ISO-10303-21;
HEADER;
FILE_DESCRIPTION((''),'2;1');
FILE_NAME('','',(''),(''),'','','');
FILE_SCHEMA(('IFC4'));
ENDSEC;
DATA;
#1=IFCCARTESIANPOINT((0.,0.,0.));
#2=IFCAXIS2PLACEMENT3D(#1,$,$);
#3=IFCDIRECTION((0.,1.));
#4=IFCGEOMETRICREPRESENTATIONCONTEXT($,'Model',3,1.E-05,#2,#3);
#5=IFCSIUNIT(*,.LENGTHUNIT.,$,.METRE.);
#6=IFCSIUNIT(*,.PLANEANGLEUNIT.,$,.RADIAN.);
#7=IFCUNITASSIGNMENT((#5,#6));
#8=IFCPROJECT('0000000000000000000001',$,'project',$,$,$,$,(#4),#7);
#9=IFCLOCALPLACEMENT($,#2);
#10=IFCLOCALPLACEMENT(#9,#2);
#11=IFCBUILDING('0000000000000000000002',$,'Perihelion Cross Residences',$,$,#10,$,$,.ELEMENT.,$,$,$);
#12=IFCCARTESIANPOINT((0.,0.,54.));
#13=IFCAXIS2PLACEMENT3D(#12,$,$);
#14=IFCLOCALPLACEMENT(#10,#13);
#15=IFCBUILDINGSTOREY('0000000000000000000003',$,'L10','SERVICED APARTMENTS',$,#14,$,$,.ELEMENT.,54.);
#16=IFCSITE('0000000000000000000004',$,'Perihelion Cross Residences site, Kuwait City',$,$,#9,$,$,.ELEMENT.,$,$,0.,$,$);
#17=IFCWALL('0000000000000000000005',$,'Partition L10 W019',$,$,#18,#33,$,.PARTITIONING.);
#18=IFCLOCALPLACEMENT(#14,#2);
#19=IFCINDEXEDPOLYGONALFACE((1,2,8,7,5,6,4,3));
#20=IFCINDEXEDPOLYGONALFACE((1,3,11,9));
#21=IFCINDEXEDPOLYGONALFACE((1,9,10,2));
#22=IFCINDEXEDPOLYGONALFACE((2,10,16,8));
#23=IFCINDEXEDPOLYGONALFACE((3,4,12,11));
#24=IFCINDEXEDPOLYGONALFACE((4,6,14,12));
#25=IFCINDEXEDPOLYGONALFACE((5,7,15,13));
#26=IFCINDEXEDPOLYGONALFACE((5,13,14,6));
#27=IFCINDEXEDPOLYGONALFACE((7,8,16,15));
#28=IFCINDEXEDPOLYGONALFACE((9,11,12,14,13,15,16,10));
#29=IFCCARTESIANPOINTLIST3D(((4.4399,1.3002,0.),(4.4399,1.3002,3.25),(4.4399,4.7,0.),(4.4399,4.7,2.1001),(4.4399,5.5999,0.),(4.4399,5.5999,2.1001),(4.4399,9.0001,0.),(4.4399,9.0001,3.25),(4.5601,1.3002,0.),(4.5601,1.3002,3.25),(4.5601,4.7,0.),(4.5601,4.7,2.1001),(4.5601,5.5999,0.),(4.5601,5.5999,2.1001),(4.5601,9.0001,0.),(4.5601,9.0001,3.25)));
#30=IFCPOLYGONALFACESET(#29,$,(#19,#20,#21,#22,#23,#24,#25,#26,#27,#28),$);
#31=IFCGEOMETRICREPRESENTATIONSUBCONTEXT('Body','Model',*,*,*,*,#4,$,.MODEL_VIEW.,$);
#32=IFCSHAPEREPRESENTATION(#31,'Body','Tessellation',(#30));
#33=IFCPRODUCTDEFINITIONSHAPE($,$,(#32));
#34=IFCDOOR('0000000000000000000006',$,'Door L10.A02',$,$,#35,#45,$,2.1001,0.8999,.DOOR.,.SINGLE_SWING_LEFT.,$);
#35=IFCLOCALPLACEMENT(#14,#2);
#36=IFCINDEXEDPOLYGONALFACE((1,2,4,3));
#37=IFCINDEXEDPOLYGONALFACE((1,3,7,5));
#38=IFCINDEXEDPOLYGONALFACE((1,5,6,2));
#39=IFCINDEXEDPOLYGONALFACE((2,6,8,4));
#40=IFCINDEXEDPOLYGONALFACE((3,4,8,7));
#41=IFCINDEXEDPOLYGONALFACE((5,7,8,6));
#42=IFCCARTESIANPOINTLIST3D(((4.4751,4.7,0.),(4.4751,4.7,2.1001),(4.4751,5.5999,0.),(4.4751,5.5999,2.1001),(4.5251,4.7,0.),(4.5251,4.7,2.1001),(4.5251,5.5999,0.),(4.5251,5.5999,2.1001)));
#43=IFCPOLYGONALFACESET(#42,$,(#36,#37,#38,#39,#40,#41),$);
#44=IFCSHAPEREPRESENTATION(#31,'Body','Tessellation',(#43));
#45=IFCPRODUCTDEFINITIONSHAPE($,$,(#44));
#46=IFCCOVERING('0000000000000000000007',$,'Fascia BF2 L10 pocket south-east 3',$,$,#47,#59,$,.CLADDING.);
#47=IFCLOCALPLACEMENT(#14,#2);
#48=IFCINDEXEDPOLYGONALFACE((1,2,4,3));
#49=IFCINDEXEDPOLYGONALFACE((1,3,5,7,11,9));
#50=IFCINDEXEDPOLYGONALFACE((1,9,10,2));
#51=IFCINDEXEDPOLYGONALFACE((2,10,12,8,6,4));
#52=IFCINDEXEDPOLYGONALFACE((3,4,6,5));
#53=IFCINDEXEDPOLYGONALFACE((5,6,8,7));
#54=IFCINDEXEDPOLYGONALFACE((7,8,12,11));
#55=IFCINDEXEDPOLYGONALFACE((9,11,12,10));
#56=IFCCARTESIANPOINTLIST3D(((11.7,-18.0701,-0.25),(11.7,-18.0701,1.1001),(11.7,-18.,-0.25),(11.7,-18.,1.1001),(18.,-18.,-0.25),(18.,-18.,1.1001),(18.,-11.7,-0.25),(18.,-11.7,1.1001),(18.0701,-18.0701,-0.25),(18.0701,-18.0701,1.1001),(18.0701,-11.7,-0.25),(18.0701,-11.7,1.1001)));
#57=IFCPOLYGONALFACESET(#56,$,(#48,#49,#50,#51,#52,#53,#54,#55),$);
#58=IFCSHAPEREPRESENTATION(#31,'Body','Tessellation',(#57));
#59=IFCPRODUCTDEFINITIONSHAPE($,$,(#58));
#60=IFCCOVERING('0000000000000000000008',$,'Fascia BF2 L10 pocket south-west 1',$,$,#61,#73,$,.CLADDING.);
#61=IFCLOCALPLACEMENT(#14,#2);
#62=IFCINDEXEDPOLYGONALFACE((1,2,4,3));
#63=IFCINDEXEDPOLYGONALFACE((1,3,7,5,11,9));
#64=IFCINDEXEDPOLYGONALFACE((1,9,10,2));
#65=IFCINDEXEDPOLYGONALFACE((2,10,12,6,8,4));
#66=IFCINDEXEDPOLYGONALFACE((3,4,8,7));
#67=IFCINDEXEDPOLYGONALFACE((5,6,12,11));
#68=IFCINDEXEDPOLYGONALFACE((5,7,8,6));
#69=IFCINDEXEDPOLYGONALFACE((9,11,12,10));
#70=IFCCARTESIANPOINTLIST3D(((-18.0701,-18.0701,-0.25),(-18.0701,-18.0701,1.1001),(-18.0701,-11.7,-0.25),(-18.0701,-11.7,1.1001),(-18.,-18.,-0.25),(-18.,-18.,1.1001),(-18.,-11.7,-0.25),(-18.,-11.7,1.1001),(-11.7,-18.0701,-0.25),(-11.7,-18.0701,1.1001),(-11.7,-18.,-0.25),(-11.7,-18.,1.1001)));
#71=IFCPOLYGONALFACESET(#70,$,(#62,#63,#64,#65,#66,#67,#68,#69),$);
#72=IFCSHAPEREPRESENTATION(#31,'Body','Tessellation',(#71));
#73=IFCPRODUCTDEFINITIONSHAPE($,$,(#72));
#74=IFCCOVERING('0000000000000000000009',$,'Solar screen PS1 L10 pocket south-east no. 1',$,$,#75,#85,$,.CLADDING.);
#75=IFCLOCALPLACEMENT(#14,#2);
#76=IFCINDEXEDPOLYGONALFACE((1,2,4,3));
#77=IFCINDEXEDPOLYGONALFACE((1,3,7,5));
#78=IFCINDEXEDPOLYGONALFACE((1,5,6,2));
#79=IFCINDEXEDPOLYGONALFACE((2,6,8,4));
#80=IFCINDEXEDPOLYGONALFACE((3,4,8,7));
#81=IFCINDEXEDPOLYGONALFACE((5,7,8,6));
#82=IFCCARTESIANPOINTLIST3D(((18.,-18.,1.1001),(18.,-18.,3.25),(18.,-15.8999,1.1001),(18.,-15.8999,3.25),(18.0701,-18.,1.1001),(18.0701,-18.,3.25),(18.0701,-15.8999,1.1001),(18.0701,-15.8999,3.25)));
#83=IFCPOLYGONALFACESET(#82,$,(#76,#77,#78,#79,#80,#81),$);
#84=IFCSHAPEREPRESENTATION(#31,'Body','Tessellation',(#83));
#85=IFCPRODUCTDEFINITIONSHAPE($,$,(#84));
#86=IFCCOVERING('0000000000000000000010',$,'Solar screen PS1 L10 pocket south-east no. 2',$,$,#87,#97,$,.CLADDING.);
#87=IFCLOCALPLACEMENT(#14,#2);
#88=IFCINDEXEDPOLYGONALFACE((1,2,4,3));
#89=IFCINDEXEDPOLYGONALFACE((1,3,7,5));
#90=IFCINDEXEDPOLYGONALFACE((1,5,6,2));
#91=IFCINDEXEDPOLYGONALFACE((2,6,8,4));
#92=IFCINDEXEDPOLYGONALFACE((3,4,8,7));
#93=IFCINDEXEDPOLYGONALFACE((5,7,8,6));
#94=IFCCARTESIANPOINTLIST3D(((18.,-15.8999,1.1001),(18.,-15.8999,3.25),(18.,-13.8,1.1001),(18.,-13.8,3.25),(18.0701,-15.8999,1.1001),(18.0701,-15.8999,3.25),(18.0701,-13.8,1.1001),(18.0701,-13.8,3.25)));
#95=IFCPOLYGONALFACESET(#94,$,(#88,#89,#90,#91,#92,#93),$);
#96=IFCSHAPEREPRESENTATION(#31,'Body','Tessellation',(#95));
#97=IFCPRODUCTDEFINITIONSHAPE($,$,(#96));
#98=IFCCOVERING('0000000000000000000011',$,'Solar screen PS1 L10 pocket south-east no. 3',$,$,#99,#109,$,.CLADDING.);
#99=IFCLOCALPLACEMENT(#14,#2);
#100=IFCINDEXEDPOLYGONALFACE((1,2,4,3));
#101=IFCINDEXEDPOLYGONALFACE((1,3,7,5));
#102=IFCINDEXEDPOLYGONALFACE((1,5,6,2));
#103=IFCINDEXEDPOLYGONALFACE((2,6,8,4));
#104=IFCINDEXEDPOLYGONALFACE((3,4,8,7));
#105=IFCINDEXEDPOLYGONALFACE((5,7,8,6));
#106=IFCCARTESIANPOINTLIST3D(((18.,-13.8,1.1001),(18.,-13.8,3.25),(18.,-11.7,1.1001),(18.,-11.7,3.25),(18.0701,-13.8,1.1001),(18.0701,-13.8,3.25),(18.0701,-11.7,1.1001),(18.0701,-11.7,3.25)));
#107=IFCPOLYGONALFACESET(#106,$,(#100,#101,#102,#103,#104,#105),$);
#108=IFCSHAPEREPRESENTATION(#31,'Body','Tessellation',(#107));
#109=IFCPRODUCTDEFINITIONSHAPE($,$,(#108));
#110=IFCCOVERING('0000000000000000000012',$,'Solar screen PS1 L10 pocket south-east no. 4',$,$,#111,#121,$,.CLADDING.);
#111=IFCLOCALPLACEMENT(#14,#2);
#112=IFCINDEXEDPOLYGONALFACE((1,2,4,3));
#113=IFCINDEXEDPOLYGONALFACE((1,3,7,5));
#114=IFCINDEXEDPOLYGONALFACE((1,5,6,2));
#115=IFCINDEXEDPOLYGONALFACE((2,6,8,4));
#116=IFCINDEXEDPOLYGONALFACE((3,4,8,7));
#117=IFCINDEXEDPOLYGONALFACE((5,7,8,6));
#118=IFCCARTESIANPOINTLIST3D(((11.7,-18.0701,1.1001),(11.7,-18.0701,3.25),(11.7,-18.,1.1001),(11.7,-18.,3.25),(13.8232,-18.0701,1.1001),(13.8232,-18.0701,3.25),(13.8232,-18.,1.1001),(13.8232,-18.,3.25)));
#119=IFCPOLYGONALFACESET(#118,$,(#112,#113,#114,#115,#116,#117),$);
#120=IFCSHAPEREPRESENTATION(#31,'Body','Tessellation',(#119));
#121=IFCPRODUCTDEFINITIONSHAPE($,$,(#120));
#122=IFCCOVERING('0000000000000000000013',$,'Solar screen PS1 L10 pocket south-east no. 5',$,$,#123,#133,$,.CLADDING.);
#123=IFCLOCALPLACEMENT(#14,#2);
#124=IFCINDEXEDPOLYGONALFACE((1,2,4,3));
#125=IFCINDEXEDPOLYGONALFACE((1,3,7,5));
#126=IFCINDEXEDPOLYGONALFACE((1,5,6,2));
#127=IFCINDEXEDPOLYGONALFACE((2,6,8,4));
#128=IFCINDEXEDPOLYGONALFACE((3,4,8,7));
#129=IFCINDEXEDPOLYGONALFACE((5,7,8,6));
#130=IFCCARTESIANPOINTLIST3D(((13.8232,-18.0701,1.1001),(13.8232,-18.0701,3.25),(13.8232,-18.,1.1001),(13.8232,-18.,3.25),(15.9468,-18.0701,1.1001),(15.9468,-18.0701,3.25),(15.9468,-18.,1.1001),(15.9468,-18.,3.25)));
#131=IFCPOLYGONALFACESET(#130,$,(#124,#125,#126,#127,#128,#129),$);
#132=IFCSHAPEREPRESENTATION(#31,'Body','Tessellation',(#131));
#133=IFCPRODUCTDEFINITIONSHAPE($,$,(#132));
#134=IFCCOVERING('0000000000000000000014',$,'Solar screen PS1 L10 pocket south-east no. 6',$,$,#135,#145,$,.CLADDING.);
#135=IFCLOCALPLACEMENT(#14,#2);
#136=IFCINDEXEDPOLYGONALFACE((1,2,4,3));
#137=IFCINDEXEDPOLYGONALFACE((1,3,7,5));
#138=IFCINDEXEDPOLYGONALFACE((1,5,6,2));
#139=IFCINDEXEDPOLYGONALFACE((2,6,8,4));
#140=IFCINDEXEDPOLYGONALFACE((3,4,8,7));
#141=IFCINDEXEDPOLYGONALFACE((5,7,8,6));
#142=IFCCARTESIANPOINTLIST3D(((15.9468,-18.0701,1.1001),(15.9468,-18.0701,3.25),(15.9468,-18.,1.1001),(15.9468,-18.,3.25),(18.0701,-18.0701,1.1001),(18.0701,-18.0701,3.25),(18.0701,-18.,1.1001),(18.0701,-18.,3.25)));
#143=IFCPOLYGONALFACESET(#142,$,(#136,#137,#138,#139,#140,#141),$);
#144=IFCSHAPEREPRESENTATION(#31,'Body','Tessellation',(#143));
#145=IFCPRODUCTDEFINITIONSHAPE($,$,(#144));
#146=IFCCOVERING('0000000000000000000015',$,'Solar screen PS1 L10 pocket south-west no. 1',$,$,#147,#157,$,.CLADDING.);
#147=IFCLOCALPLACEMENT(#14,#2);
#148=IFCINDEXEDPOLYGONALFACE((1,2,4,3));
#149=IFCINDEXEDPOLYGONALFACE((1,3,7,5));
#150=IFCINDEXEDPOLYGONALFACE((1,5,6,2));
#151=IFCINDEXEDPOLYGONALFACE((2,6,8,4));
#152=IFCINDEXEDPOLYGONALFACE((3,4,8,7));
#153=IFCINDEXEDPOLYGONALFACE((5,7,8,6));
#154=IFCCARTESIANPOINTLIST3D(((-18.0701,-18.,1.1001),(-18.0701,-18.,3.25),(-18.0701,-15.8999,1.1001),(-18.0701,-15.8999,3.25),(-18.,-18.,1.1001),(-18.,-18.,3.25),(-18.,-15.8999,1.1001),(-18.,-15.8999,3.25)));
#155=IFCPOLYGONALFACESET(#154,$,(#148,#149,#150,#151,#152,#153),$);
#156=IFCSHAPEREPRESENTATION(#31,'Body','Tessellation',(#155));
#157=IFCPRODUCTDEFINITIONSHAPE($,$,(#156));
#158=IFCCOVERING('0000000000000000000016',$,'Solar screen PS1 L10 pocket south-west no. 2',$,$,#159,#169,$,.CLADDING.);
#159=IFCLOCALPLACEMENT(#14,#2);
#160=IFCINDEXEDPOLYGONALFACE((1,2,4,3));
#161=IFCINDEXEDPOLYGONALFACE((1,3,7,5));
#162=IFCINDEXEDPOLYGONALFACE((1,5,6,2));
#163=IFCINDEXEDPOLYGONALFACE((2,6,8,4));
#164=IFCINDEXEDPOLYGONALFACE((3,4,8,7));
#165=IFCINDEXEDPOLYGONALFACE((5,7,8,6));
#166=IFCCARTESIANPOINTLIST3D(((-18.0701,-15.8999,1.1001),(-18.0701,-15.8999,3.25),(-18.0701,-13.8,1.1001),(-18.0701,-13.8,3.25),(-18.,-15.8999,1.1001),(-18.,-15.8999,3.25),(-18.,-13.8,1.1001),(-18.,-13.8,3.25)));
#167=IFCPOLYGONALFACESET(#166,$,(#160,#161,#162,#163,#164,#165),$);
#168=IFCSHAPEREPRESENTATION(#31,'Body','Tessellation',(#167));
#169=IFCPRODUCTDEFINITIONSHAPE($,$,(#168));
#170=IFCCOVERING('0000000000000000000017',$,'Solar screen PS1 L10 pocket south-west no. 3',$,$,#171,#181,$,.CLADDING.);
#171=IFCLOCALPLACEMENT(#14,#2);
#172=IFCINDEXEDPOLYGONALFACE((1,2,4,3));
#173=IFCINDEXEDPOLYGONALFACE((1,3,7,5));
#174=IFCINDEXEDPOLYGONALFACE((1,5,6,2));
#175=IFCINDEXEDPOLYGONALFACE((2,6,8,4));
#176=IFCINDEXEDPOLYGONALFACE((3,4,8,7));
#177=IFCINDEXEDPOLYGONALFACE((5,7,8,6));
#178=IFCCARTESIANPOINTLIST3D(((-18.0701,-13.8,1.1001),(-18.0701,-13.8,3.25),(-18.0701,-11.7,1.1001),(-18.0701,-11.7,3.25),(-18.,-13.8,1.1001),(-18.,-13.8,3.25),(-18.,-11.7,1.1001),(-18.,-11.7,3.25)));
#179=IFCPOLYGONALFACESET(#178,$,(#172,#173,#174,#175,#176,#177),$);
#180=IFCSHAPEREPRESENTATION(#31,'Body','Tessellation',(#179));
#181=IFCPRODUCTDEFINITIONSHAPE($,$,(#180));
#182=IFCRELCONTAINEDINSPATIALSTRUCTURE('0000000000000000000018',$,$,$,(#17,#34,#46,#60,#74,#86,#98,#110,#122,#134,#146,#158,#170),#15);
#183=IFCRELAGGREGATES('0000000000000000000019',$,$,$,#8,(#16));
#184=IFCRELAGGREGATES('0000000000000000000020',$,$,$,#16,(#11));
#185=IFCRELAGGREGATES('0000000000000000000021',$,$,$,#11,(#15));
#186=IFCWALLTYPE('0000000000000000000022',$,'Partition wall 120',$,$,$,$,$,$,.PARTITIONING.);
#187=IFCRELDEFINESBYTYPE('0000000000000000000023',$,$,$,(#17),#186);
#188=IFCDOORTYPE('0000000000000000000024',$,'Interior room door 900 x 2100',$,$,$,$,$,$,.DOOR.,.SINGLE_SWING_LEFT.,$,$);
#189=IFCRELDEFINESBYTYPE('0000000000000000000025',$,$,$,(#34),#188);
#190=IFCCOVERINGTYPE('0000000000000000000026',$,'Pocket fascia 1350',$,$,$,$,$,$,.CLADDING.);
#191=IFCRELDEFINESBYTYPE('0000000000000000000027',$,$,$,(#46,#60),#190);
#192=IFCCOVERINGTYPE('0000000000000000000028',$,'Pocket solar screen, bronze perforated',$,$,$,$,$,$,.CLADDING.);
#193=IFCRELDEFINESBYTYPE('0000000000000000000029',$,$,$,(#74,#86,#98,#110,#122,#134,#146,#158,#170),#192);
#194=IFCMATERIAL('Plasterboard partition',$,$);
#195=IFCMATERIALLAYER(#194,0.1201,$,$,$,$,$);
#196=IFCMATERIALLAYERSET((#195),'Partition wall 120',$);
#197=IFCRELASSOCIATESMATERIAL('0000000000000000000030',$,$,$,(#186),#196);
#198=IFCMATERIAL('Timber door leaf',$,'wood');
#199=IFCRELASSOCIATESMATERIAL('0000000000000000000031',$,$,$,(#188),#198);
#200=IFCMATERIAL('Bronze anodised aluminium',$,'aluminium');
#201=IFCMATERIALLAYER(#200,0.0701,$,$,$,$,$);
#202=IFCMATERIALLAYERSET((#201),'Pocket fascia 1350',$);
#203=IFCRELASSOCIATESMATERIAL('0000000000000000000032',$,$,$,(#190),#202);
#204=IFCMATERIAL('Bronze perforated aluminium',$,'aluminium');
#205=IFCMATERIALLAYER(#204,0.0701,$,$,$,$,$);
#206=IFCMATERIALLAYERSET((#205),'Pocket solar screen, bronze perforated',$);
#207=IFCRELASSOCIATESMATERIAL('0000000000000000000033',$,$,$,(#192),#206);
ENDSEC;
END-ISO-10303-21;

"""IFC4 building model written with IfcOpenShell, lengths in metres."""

from ifc_helpers import new_model, si_unit, direction, frame, frame_2d, origin, place, context, subcontext, project, spatial, polyline, rectangle, outline, extrude, material, layer, layer_set, type_object, element, fill, save


model = new_model("IFC4")

# Units and contexts
model_context = context("Model", 3, precision=1e-05, world=origin(), true_north=direction((0.0, 1.0)))
body_context = subcontext(model_context, "Body", "Model", "MODEL_VIEW")
ifc_project = project(units=[si_unit("LENGTHUNIT", "METRE"), si_unit("PLANEANGLEUNIT", "RADIAN")], contexts=[model_context])

# Site, building, storey
site_placement = place(None, origin())
site = spatial("IfcSite", under=ifc_project, at=site_placement, Name="Perihelion Cross Residences site, Kuwait City", CompositionType="ELEMENT", RefElevation=0.0)
building_placement = place(site_placement, origin())
building = spatial("IfcBuilding", under=site, at=building_placement, Name="Perihelion Cross Residences", CompositionType="ELEMENT")
storey_placement = place(building_placement, frame((0.0, 0.0, 54.0)))
storey = spatial("IfcBuildingStorey", under=building, at=storey_placement, Name="L10", Description="SERVICED APARTMENTS", CompositionType="ELEMENT", Elevation=54.0)

# Wall, opening, door
ifc_material_1 = material(Name="Plasterboard partition")
ifc_layer_1 = layer(ifc_material_1, 0.1201)
ifc_layer_set_1 = layer_set([ifc_layer_1], Name="Partition wall 120")
wall_type_1 = type_object("IfcWallType", Name="Partition wall 120", PredefinedType="PARTITIONING", material=ifc_layer_set_1)
wall_1_placement = place(storey_placement, frame((4.5, 1.3, 0.0), z_axis=(0.0, 0.0, 1.0), x_axis=(0.0, 1.0, 0.0)))
wall_1 = element("IfcWall", 1, at=wall_1_placement, inside=storey, type_object=wall_type_1, Name="Partition L10 W019", PredefinedType="PARTITIONING", context=body_context, shape_type="SweptSolid", body=[
    extrude(rectangle(XDim=7.7, YDim=0.1201, at=frame_2d((3.8501, 0.0))), origin(), (0.0, 0.0, 1.0), 3.25),
])
opening_1_placement = place(wall_1_placement, frame((3.3999, 0.0, 0.0)))
opening_1 = element("IfcOpeningElement", 2, at=opening_1_placement, cuts=wall_1, PredefinedType="OPENING", context=body_context, shape_type="SweptSolid", body=[
    extrude(rectangle(XDim=0.8999, YDim=2.1001, at=frame_2d((0.45, 1.05))), frame((0.0, 0.0701, 0.0), z_axis=(0.0, -1.0, 0.0), x_axis=(1.0, 0.0, 0.0)), (0.0, 0.0, 1.0), 0.1401),
])
ifc_material_2 = material(Name="Timber door leaf", Category="wood")
door_type_1 = type_object("IfcDoorType", Name="Interior room door 900 x 2100", OperationType="SINGLE_SWING_LEFT", PredefinedType="DOOR", material=ifc_material_2)
door_1_placement = place(opening_1_placement, origin())
door_1 = element("IfcDoor", 3, at=door_1_placement, inside=storey, type_object=door_type_1, Name="Door L10.A02", OperationType="SINGLE_SWING_LEFT", OverallHeight=2.1001, OverallWidth=0.8999, PredefinedType="DOOR", context=body_context, shape_type="SweptSolid", body=[
    extrude(rectangle(XDim=0.8999, YDim=2.1001, at=frame_2d((0.45, 1.05))), frame((0.0, 0.0249, 0.0), z_axis=(0.0, -1.0, 0.0), x_axis=(1.0, 0.0, 0.0)), (0.0, 0.0, 1.0), 0.05),
])
fill(opening_1, door_1)

# Coverings
ifc_material_3 = material(Name="Bronze anodised aluminium", Category="aluminium")
ifc_layer_2 = layer(ifc_material_3, 0.0701)
ifc_layer_set_2 = layer_set([ifc_layer_2], Name="Pocket fascia 1350")
covering_type_1 = type_object("IfcCoveringType", Name="Pocket fascia 1350", PredefinedType="CLADDING", material=ifc_layer_set_2)
covering_1_placement = place(storey_placement, frame((0.0, 0.0, -0.25)))
element("IfcCovering", 4, at=covering_1_placement, inside=storey, type_object=covering_type_1, Name="Fascia BF2 L10 pocket south-east 3", PredefinedType="CLADDING", context=body_context, shape_type="SweptSolid", body=[
    extrude(outline(polyline([(18.0701, -18.0701), (18.0701, -11.7), (18.0, -11.7), (18.0, -18.0), (11.7, -18.0), (11.7, -18.0701), (18.0701, -18.0701)])), origin(), (0.0, 0.0, 1.0), 1.3501),
])
covering_2_placement = place(storey_placement, frame((0.0, 0.0, -0.25)))
element("IfcCovering", 5, at=covering_2_placement, inside=storey, type_object=covering_type_1, Name="Fascia BF2 L10 pocket south-west 1", PredefinedType="CLADDING", context=body_context, shape_type="SweptSolid", body=[
    extrude(outline(polyline([(-18.0701, -11.7), (-18.0701, -18.0701), (-11.7, -18.0701), (-11.7, -18.0), (-18.0, -18.0), (-18.0, -11.7), (-18.0701, -11.7)])), origin(), (0.0, 0.0, 1.0), 1.3501),
])
ifc_material_4 = material(Name="Bronze perforated aluminium", Category="aluminium")
ifc_layer_3 = layer(ifc_material_4, 0.0701)
ifc_layer_set_3 = layer_set([ifc_layer_3], Name="Pocket solar screen, bronze perforated")
covering_type_2 = type_object("IfcCoveringType", Name="Pocket solar screen, bronze perforated", PredefinedType="CLADDING", material=ifc_layer_set_3)
covering_3_placement = place(storey_placement, frame((0.0, 0.0, 1.1001)))
element("IfcCovering", 6, at=covering_3_placement, inside=storey, type_object=covering_type_2, Name="Solar screen PS1 L10 pocket south-east no. 1", PredefinedType="CLADDING", context=body_context, shape_type="SweptSolid", body=[
    extrude(outline(polyline([(18.0701, -18.0), (18.0701, -15.8999), (18.0, -15.8999), (18.0, -18.0), (18.0701, -18.0)])), origin(), (0.0, 0.0, 1.0), 2.1499),
])
covering_4_placement = place(storey_placement, frame((0.0, 0.0, 1.1001)))
element("IfcCovering", 7, at=covering_4_placement, inside=storey, type_object=covering_type_2, Name="Solar screen PS1 L10 pocket south-east no. 2", PredefinedType="CLADDING", context=body_context, shape_type="SweptSolid", body=[
    extrude(outline(polyline([(18.0701, -15.8999), (18.0701, -13.8), (18.0, -13.8), (18.0, -15.8999), (18.0701, -15.8999)])), origin(), (0.0, 0.0, 1.0), 2.1499),
])
covering_5_placement = place(storey_placement, frame((0.0, 0.0, 1.1001)))
element("IfcCovering", 8, at=covering_5_placement, inside=storey, type_object=covering_type_2, Name="Solar screen PS1 L10 pocket south-east no. 3", PredefinedType="CLADDING", context=body_context, shape_type="SweptSolid", body=[
    extrude(outline(polyline([(18.0701, -13.8), (18.0701, -11.7), (18.0, -11.7), (18.0, -13.8), (18.0701, -13.8)])), origin(), (0.0, 0.0, 1.0), 2.1499),
])
covering_6_placement = place(storey_placement, frame((0.0, 0.0, 1.1001)))
element("IfcCovering", 9, at=covering_6_placement, inside=storey, type_object=covering_type_2, Name="Solar screen PS1 L10 pocket south-east no. 4", PredefinedType="CLADDING", context=body_context, shape_type="SweptSolid", body=[
    extrude(outline(polyline([(13.8232, -18.0701), (13.8232, -18.0), (11.7, -18.0), (11.7, -18.0701), (13.8232, -18.0701)])), origin(), (0.0, 0.0, 1.0), 2.1499),
])
covering_7_placement = place(storey_placement, frame((0.0, 0.0, 1.1001)))
element("IfcCovering", 10, at=covering_7_placement, inside=storey, type_object=covering_type_2, Name="Solar screen PS1 L10 pocket south-east no. 5", PredefinedType="CLADDING", context=body_context, shape_type="SweptSolid", body=[
    extrude(outline(polyline([(15.9468, -18.0701), (15.9468, -18.0), (13.8232, -18.0), (13.8232, -18.0701), (15.9468, -18.0701)])), origin(), (0.0, 0.0, 1.0), 2.1499),
])
covering_8_placement = place(storey_placement, frame((0.0, 0.0, 1.1001)))
element("IfcCovering", 11, at=covering_8_placement, inside=storey, type_object=covering_type_2, Name="Solar screen PS1 L10 pocket south-east no. 6", PredefinedType="CLADDING", context=body_context, shape_type="SweptSolid", body=[
    extrude(outline(polyline([(18.0701, -18.0701), (18.0701, -18.0), (15.9468, -18.0), (15.9468, -18.0701), (18.0701, -18.0701)])), origin(), (0.0, 0.0, 1.0), 2.1499),
])
covering_9_placement = place(storey_placement, frame((0.0, 0.0, 1.1001)))
element("IfcCovering", 12, at=covering_9_placement, inside=storey, type_object=covering_type_2, Name="Solar screen PS1 L10 pocket south-west no. 1", PredefinedType="CLADDING", context=body_context, shape_type="SweptSolid", body=[
    extrude(outline(polyline([(-18.0, -18.0), (-18.0, -15.8999), (-18.0701, -15.8999), (-18.0701, -18.0), (-18.0, -18.0)])), origin(), (0.0, 0.0, 1.0), 2.1499),
])
covering_10_placement = place(storey_placement, frame((0.0, 0.0, 1.1001)))
element("IfcCovering", 13, at=covering_10_placement, inside=storey, type_object=covering_type_2, Name="Solar screen PS1 L10 pocket south-west no. 2", PredefinedType="CLADDING", context=body_context, shape_type="SweptSolid", body=[
    extrude(outline(polyline([(-18.0, -15.8999), (-18.0, -13.8), (-18.0701, -13.8), (-18.0701, -15.8999), (-18.0, -15.8999)])), origin(), (0.0, 0.0, 1.0), 2.1499),
])
covering_11_placement = place(storey_placement, frame((0.0, 0.0, 1.1001)))
element("IfcCovering", 14, at=covering_11_placement, inside=storey, type_object=covering_type_2, Name="Solar screen PS1 L10 pocket south-west no. 3", PredefinedType="CLADDING", context=body_context, shape_type="SweptSolid", body=[
    extrude(outline(polyline([(-18.0, -13.8), (-18.0, -11.7), (-18.0701, -11.7), (-18.0701, -13.8), (-18.0, -13.8)])), origin(), (0.0, 0.0, 1.0), 2.1499),
])

save(model, "model.ifc")
